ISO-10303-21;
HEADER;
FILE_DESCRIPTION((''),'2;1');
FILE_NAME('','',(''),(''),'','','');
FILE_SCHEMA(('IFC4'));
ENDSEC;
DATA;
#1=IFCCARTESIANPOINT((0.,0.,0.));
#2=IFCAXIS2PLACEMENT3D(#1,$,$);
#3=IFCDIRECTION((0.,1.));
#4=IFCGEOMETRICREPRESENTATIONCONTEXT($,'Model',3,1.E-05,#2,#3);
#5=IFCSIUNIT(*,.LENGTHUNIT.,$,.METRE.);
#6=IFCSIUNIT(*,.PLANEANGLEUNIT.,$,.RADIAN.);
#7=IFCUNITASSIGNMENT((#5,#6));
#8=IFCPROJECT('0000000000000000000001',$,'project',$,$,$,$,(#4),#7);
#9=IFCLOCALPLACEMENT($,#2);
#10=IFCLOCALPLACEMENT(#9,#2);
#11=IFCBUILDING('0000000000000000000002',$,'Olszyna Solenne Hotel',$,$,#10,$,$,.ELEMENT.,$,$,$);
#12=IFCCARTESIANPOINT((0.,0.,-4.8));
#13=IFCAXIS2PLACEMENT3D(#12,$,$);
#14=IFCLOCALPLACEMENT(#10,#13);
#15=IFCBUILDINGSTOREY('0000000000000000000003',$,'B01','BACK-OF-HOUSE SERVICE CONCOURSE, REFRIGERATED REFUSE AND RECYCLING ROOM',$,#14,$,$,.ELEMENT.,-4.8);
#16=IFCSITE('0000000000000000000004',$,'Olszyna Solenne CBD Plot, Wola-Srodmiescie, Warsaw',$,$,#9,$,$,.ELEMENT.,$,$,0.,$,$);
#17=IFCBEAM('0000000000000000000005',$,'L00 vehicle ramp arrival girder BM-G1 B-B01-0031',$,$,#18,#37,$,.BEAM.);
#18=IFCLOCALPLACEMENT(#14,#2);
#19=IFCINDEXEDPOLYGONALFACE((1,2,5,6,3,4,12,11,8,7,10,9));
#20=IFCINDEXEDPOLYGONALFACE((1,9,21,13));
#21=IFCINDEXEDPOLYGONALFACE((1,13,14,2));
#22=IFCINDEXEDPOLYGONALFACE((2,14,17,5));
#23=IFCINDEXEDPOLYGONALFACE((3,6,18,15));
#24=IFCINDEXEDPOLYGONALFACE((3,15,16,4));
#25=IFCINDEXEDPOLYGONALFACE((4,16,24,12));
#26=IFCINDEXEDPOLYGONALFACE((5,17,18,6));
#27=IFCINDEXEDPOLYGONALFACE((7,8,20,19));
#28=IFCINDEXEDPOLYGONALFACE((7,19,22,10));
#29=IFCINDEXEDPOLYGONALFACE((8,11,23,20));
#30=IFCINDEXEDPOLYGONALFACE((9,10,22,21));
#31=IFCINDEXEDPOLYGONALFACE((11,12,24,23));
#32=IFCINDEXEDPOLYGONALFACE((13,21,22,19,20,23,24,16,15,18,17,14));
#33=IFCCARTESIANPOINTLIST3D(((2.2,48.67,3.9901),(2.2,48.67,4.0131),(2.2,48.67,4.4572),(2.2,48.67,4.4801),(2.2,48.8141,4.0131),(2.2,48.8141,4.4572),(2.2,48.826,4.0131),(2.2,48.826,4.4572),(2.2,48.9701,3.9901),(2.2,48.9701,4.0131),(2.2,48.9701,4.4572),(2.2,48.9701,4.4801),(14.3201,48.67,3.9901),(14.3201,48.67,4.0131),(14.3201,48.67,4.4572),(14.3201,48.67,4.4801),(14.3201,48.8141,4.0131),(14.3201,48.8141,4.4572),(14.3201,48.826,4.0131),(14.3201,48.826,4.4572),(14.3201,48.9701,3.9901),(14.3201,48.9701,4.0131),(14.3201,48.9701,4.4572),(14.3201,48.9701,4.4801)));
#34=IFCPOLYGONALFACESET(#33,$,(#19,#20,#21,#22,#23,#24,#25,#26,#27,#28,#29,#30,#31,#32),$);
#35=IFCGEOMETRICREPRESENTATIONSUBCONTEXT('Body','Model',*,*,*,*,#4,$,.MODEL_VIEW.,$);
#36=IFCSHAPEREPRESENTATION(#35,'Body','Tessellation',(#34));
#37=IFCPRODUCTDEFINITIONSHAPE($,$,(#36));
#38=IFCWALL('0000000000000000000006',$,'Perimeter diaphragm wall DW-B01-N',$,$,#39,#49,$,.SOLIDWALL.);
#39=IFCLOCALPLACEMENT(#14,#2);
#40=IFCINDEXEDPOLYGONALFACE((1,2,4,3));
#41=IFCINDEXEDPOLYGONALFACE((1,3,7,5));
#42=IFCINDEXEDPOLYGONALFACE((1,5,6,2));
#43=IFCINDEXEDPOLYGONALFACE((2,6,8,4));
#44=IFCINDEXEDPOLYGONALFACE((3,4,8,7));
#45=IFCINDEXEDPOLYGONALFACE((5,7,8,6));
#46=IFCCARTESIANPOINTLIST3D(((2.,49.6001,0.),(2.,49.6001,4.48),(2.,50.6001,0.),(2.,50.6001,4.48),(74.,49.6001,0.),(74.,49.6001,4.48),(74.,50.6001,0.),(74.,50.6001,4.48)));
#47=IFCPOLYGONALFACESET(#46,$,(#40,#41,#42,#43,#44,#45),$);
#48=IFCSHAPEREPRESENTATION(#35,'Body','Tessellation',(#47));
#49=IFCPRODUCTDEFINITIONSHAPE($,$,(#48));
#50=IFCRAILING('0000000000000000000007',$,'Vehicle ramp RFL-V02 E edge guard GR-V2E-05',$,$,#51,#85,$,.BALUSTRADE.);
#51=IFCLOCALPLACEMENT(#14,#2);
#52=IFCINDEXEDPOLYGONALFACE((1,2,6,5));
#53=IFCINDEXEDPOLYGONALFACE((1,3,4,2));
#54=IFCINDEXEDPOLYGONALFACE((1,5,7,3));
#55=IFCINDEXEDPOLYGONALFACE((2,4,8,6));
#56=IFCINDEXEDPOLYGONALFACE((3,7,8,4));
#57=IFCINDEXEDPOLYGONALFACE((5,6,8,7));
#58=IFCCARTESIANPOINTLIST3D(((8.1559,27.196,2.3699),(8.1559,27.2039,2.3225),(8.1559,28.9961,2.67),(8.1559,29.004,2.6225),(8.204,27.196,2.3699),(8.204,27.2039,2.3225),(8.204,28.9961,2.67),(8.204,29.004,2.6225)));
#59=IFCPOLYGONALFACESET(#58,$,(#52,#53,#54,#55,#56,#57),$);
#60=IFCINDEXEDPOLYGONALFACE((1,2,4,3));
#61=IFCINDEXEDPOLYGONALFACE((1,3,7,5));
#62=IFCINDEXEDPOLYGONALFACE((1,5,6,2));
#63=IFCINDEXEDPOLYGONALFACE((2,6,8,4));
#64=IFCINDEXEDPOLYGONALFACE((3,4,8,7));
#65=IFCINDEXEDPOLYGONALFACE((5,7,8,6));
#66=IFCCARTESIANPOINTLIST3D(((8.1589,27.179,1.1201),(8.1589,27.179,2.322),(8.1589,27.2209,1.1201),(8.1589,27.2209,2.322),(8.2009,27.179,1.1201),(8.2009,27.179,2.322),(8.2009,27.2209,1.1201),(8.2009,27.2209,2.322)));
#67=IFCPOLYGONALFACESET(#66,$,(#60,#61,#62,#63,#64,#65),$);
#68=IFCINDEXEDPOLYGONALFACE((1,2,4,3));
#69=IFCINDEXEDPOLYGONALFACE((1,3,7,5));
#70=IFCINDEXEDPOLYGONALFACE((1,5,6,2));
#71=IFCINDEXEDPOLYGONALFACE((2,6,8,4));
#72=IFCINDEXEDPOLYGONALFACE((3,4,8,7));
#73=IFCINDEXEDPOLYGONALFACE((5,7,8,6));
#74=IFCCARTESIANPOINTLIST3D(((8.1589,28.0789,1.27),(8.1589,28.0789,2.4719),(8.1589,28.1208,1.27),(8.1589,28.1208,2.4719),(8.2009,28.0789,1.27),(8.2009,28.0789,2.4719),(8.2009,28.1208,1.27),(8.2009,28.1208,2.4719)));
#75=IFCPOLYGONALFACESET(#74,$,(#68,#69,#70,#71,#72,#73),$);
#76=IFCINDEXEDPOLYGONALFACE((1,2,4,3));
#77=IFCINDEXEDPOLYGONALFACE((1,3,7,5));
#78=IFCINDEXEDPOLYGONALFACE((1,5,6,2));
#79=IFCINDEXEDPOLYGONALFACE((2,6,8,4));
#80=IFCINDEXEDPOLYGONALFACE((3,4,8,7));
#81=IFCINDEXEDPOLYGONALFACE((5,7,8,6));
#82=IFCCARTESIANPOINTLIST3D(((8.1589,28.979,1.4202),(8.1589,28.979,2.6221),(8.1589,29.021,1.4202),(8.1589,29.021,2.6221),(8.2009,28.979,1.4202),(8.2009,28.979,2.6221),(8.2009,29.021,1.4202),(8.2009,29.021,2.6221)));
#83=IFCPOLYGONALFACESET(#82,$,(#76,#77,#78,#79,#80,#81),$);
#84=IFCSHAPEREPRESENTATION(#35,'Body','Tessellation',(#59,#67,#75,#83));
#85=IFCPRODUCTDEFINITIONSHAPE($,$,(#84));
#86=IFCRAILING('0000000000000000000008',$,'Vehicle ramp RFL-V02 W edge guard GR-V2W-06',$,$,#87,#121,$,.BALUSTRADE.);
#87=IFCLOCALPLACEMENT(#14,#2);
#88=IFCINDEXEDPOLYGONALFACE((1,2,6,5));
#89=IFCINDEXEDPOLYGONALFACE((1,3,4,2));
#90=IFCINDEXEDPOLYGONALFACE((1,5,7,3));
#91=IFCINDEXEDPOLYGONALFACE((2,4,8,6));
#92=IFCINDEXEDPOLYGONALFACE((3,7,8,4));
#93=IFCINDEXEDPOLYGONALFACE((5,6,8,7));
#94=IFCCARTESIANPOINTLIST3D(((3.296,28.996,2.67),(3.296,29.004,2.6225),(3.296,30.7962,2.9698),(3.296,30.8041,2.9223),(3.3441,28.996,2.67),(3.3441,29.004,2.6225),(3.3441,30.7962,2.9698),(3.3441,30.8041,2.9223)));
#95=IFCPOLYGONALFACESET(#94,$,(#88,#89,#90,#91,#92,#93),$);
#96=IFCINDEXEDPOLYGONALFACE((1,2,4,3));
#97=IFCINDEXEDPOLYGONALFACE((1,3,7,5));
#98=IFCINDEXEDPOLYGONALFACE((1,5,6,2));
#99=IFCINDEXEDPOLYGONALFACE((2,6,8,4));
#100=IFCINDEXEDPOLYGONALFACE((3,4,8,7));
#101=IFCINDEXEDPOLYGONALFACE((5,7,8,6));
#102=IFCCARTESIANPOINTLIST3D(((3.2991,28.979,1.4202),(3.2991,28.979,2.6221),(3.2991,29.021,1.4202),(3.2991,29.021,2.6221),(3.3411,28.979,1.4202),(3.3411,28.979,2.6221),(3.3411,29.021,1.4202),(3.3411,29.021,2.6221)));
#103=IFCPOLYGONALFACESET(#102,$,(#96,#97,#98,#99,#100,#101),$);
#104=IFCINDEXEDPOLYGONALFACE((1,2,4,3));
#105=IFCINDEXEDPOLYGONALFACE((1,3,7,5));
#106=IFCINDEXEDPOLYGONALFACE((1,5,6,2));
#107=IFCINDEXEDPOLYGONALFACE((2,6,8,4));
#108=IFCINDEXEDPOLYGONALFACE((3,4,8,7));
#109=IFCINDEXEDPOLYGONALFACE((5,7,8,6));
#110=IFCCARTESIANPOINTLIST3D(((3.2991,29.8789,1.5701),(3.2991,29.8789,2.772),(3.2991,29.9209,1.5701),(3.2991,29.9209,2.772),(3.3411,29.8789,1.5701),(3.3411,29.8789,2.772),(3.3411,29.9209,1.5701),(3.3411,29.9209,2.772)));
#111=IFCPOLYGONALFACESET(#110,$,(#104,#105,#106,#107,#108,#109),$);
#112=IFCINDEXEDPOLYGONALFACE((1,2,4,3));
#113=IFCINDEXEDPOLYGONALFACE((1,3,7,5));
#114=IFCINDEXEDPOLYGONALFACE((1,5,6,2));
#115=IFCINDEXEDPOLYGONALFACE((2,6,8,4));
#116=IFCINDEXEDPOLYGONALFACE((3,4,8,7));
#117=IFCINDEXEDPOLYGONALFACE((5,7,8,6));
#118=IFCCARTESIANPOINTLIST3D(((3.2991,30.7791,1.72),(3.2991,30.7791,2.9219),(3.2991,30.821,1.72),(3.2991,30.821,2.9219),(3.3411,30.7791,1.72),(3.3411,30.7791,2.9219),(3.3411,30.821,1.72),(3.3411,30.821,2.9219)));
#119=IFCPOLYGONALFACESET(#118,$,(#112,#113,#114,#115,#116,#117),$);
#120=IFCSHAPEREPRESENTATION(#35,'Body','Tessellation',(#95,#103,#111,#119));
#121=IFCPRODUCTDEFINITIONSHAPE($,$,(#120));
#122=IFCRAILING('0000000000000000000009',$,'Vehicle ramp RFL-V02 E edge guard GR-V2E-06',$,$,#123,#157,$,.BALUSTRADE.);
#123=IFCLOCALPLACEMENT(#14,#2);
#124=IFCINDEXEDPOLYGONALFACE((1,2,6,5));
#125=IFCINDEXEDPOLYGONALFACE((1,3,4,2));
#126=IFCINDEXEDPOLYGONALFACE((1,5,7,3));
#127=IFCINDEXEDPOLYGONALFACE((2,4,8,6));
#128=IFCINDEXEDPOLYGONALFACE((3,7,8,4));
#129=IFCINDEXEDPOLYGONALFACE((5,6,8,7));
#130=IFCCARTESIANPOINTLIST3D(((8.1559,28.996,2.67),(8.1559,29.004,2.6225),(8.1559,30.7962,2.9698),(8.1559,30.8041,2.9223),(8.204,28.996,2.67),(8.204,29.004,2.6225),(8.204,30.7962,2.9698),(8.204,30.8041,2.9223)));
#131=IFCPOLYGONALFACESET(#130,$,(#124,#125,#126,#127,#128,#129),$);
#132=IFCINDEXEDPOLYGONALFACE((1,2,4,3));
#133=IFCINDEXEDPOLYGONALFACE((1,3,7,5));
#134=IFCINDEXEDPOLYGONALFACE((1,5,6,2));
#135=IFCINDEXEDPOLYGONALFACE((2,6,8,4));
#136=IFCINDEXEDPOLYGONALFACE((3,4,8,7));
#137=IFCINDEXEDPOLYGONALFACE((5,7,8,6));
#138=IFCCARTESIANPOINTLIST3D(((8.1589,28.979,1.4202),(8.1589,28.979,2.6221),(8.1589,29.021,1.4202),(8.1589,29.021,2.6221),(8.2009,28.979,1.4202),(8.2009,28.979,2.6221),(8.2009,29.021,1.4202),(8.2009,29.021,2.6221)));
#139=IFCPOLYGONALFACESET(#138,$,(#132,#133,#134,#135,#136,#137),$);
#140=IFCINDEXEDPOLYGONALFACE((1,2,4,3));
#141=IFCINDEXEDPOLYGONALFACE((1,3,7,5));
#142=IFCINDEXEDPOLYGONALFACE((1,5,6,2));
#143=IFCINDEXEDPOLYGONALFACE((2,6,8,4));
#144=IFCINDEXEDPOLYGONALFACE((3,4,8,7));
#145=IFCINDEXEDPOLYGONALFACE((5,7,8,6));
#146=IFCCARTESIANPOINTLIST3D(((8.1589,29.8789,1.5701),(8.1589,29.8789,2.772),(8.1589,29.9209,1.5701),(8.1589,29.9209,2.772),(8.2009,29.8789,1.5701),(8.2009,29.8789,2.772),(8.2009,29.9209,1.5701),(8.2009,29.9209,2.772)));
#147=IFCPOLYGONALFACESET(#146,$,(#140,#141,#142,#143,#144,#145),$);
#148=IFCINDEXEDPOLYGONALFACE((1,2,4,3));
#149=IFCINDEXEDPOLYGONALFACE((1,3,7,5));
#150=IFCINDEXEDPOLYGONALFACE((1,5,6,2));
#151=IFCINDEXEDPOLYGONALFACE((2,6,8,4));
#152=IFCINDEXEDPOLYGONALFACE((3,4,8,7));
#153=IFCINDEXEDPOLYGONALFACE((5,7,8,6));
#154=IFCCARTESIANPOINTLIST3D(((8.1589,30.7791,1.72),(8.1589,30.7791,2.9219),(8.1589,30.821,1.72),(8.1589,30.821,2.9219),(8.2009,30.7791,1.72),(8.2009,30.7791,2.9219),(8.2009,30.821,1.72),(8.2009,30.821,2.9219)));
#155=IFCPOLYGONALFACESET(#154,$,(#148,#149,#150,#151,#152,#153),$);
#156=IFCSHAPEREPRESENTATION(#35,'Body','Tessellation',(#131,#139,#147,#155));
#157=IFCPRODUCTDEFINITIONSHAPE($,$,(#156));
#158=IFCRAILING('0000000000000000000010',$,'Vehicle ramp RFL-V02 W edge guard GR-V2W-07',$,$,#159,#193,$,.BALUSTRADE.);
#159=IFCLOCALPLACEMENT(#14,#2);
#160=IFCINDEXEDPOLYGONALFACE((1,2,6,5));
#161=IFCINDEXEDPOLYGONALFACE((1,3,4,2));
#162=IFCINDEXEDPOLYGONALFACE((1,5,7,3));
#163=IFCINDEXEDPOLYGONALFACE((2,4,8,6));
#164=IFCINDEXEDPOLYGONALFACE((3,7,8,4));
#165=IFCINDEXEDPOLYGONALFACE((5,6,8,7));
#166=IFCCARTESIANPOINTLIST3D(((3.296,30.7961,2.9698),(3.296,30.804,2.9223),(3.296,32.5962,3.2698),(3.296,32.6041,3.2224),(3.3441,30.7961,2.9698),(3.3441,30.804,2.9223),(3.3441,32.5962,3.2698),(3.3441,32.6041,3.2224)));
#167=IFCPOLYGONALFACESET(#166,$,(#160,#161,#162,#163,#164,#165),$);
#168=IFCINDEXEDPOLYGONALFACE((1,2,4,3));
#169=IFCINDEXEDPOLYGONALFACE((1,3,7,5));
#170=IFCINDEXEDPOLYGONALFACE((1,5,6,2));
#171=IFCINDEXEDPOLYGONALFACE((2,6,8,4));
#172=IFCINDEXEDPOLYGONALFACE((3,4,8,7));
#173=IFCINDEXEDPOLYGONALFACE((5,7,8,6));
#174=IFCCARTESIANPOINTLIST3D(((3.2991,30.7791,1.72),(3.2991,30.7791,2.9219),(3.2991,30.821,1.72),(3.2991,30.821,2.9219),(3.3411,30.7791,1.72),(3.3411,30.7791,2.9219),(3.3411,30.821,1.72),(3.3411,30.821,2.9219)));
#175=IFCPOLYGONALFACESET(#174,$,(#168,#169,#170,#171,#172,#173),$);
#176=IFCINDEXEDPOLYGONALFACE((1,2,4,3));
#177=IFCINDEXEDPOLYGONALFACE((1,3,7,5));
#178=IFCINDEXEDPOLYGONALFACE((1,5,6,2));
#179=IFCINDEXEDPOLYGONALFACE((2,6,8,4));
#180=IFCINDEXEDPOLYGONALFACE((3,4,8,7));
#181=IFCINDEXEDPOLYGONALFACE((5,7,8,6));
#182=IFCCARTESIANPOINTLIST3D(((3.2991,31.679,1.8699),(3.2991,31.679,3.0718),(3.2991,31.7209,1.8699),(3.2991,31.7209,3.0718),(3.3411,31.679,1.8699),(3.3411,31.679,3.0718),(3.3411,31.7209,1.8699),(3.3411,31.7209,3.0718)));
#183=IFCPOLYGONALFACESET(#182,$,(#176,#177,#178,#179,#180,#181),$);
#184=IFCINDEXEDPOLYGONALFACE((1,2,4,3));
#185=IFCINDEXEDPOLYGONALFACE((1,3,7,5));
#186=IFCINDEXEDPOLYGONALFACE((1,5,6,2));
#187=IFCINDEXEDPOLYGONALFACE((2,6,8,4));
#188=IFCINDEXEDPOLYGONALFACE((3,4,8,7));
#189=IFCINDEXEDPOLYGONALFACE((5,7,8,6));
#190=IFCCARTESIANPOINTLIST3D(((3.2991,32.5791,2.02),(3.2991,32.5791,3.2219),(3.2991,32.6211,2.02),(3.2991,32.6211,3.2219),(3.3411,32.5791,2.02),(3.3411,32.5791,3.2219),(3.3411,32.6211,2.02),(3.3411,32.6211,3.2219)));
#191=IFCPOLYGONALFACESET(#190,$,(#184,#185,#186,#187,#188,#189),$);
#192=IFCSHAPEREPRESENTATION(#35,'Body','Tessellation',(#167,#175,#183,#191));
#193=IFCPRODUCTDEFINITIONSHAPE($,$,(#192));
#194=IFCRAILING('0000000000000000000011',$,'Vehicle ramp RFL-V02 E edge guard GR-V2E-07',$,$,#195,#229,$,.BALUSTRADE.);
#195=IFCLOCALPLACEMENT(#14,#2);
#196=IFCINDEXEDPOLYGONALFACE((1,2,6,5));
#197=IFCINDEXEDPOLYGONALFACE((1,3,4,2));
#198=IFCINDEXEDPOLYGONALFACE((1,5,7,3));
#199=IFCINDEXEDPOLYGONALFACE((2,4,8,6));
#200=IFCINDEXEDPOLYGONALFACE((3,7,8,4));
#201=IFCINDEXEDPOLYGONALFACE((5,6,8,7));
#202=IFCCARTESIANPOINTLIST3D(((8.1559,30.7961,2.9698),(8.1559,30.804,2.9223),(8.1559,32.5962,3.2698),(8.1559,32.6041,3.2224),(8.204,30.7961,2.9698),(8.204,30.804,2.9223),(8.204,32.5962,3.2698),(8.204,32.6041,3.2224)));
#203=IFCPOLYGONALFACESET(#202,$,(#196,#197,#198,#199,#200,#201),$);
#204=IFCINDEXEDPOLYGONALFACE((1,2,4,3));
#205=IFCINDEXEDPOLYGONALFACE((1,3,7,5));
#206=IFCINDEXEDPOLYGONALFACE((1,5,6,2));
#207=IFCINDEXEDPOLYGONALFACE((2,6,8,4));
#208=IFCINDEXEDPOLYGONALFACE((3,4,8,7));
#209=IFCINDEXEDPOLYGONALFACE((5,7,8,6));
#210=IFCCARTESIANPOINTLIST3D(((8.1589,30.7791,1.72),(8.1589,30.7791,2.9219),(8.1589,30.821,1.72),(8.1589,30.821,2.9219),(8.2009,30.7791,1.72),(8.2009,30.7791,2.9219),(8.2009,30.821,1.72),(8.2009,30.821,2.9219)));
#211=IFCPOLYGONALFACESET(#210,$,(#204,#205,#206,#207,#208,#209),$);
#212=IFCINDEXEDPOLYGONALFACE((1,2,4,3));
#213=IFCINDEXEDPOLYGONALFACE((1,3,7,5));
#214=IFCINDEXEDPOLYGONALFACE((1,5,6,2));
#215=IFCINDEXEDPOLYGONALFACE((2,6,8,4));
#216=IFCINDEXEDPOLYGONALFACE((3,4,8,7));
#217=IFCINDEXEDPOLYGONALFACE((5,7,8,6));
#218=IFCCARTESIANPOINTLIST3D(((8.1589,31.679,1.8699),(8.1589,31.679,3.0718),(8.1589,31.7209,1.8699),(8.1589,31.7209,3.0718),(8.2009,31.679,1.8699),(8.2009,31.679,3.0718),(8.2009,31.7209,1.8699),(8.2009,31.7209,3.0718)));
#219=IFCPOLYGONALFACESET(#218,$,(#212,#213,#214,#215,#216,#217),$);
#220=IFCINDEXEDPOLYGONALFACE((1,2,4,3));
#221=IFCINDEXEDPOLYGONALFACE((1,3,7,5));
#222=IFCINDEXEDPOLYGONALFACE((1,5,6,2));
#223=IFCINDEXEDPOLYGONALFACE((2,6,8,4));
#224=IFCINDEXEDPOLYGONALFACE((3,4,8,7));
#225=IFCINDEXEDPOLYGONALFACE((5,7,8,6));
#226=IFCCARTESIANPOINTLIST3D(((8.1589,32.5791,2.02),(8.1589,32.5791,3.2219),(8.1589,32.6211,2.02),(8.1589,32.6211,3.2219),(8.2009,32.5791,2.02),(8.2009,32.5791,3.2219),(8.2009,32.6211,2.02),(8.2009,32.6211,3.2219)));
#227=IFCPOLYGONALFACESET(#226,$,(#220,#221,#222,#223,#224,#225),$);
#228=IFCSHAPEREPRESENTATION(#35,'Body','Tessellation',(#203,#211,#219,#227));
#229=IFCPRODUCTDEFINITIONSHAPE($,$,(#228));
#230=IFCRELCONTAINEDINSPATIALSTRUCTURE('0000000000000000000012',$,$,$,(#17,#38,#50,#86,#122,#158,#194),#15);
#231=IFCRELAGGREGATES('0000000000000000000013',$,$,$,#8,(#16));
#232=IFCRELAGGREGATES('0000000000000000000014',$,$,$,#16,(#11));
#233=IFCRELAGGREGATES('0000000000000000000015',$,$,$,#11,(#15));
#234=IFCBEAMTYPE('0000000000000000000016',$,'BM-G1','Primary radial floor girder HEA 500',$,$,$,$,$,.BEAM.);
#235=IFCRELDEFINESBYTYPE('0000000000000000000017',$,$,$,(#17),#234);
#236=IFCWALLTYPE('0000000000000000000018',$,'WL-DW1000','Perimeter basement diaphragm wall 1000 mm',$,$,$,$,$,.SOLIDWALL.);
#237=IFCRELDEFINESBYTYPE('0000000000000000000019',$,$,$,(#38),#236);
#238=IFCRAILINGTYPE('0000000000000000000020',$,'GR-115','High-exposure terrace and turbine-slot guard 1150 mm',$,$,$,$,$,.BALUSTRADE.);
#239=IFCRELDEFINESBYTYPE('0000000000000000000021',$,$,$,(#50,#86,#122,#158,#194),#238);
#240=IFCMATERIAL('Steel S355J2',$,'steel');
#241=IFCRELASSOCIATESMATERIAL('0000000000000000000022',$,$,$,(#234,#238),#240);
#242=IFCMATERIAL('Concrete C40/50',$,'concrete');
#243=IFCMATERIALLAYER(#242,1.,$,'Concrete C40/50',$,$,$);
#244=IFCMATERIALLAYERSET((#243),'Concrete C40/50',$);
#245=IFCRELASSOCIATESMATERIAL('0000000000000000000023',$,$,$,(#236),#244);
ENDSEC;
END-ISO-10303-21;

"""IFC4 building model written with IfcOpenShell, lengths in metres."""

from ifc_helpers import new_model, si_unit, direction, frame, frame_2d, origin, origin_2d, place, context, subcontext, project, spatial, rectangle, i_section, extrude, source, transform, mapped, material, layer, layer_set, material_profile, profile_set, type_object, element, save


model = new_model("IFC4")

# Units and contexts
model_context = context("Model", 3, precision=1e-05, world=origin(), true_north=direction((0.0, 1.0)))
body_context = subcontext(model_context, "Body", "Model", "MODEL_VIEW")
ifc_project = project(units=[si_unit("LENGTHUNIT", "METRE"), si_unit("PLANEANGLEUNIT", "RADIAN")], contexts=[model_context])

# Site, building, storey
site_placement = place(None, origin())
site = spatial("IfcSite", under=ifc_project, at=site_placement, Name="Olszyna Solenne CBD Plot, Wola-Srodmiescie, Warsaw", CompositionType="ELEMENT", RefElevation=0.0)
building_placement = place(site_placement, origin())
building = spatial("IfcBuilding", under=site, at=building_placement, Name="Olszyna Solenne Hotel", CompositionType="ELEMENT")
storey_placement = place(building_placement, frame((0.0, 0.0, -4.8)))
storey = spatial("IfcBuildingStorey", under=building, at=storey_placement, Name="B01", Description="BACK-OF-HOUSE SERVICE CONCOURSE, REFRIGERATED REFUSE AND RECYCLING ROOM", CompositionType="ELEMENT", Elevation=-4.8)

# Beam
ifc_material_1 = material(Name="Steel S355J2", Category="steel")
ifc_material_profile = material_profile(ifc_material_1, i_section(OverallWidth=0.3, OverallDepth=0.49, WebThickness=0.012, FlangeThickness=0.0229, at=origin_2d()), Name="HEA 500", Category="load-bearing")
ifc_profile_set = profile_set([ifc_material_profile], Name="Steel S355J2")
beam_type = type_object("IfcBeamType", Name="BM-G1", Description="Primary radial floor girder HEA 500", PredefinedType="BEAM", material=ifc_profile_set)
shared_shape = source(origin(), body_context, "Body", "SweptSolid", [
    extrude(i_section(OverallWidth=0.3, OverallDepth=0.49, WebThickness=0.012, FlangeThickness=0.0229, at=origin_2d()), origin(), (0.0, 0.0, 1.0), 12.1201),
])
beam_placement = place(storey_placement, frame((2.2, 48.8201, 4.2351), z_axis=(1.0, 0.0, 0.0), x_axis=(0.0, 1.0, 0.0)))
element("IfcBeam", 1, at=beam_placement, inside=storey, type_object=beam_type, Name="L00 vehicle ramp arrival girder BM-G1 B-B01-0031", PredefinedType="BEAM", context=body_context, shape_type="MappedRepresentation", body=[
    mapped(shared_shape, transform((0.0, 0.0, 0.0), x_axis=(1.0, 0.0, 0.0), y_axis=(0.0, 1.0, 0.0), z_axis=(0.0, 0.0, 1.0), scale=1.0)),
])

# Wall
ifc_material_2 = material(Name="Concrete C40/50", Category="concrete")
ifc_layer = layer(ifc_material_2, 1.0, Name="Concrete C40/50")
ifc_layer_set = layer_set([ifc_layer], Name="Concrete C40/50")
wall_type = type_object("IfcWallType", Name="WL-DW1000", Description="Perimeter basement diaphragm wall 1000 mm", PredefinedType="SOLIDWALL", material=ifc_layer_set)
wall_placement = place(storey_placement, frame((2.0, 50.1001, 0.0), z_axis=(0.0, 0.0, 1.0), x_axis=(1.0, 0.0, 0.0)))
element("IfcWall", 2, at=wall_placement, inside=storey, type_object=wall_type, Name="Perimeter diaphragm wall DW-B01-N", PredefinedType="SOLIDWALL", context=body_context, shape_type="SweptSolid", body=[
    extrude(rectangle(XDim=72.0, YDim=1.0, at=frame_2d((36.0, 0.0))), origin(), (0.0, 0.0, 1.0), 4.48),
])

# Railings
railing_type = type_object("IfcRailingType", Name="GR-115", Description="High-exposure terrace and turbine-slot guard 1150 mm", PredefinedType="BALUSTRADE", material=ifc_material_1)
railing_1_placement = place(storey_placement, frame((8.1799, 27.2, 1.1201)))
element("IfcRailing", 3, at=railing_1_placement, inside=storey, type_object=railing_type, Name="Vehicle ramp RFL-V02 E edge guard GR-V2E-05", PredefinedType="BALUSTRADE", context=body_context, shape_type="SweptSolid", body=[
    extrude(rectangle(XDim=0.0481, YDim=0.0481, at=origin_2d()), frame((0.0, 0.0, 1.2261), z_axis=(0.0, 0.98639, 0.164421), x_axis=(-1.0, 0.0, 0.0)), (0.0, 0.0, 1.0), 1.825),
    extrude(rectangle(XDim=0.042, YDim=0.042, at=origin_2d()), origin(), (0.0, 0.0, 1.0), 1.2019),
    extrude(rectangle(XDim=0.042, YDim=0.042, at=origin_2d()), frame((0.0, 0.8999, 0.1499)), (0.0, 0.0, 1.0), 1.2019),
    extrude(rectangle(XDim=0.042, YDim=0.042, at=origin_2d()), frame((0.0, 1.8, 0.3)), (0.0, 0.0, 1.0), 1.2019),
])
for number, where, name in (
    (4, (3.3201, 29.0, 1.4202), "Vehicle ramp RFL-V02 W edge guard GR-V2W-06"),
    (5, (8.1799, 29.0, 1.4202), "Vehicle ramp RFL-V02 E edge guard GR-V2E-06"),
):
    element("IfcRailing", number, at=place(storey_placement, frame(where)), inside=storey, type_object=railing_type, Name=name, PredefinedType="BALUSTRADE", context=body_context, shape_type="SweptSolid", body=[
        extrude(rectangle(XDim=0.0481, YDim=0.0481, at=origin_2d()), frame((0.0, 0.0, 1.2261), z_axis=(0.0, 0.986412, 0.164291), x_axis=(-1.0, 0.0, 0.0)), (0.0, 0.0, 1.0), 1.825),
        extrude(rectangle(XDim=0.042, YDim=0.042, at=origin_2d()), origin(), (0.0, 0.0, 1.0), 1.2019),
        extrude(rectangle(XDim=0.042, YDim=0.042, at=origin_2d()), frame((0.0, 0.8999, 0.1499)), (0.0, 0.0, 1.0), 1.2019),
        extrude(rectangle(XDim=0.042, YDim=0.042, at=origin_2d()), frame((0.0, 1.8, 0.2998)), (0.0, 0.0, 1.0), 1.2019),
    ])
for number, where, name in (
    (6, (3.3201, 30.8, 1.72), "Vehicle ramp RFL-V02 W edge guard GR-V2W-07"),
    (7, (8.1799, 30.8, 1.72), "Vehicle ramp RFL-V02 E edge guard GR-V2E-07"),
):
    element("IfcRailing", number, at=place(storey_placement, frame(where)), inside=storey, type_object=railing_type, Name=name, PredefinedType="BALUSTRADE", context=body_context, shape_type="SweptSolid", body=[
        extrude(rectangle(XDim=0.0481, YDim=0.0481, at=origin_2d()), frame((0.0, 0.0, 1.2261), z_axis=(0.0, 0.98639, 0.164421), x_axis=(-1.0, 0.0, 0.0)), (0.0, 0.0, 1.0), 1.825),
        extrude(rectangle(XDim=0.042, YDim=0.042, at=origin_2d()), origin(), (0.0, 0.0, 1.0), 1.2019),
        extrude(rectangle(XDim=0.042, YDim=0.042, at=origin_2d()), frame((0.0, 0.8999, 0.1499)), (0.0, 0.0, 1.0), 1.2019),
        extrude(rectangle(XDim=0.042, YDim=0.042, at=origin_2d()), frame((0.0, 1.8, 0.3)), (0.0, 0.0, 1.0), 1.2019),
    ])

save(model, "model.ifc")
